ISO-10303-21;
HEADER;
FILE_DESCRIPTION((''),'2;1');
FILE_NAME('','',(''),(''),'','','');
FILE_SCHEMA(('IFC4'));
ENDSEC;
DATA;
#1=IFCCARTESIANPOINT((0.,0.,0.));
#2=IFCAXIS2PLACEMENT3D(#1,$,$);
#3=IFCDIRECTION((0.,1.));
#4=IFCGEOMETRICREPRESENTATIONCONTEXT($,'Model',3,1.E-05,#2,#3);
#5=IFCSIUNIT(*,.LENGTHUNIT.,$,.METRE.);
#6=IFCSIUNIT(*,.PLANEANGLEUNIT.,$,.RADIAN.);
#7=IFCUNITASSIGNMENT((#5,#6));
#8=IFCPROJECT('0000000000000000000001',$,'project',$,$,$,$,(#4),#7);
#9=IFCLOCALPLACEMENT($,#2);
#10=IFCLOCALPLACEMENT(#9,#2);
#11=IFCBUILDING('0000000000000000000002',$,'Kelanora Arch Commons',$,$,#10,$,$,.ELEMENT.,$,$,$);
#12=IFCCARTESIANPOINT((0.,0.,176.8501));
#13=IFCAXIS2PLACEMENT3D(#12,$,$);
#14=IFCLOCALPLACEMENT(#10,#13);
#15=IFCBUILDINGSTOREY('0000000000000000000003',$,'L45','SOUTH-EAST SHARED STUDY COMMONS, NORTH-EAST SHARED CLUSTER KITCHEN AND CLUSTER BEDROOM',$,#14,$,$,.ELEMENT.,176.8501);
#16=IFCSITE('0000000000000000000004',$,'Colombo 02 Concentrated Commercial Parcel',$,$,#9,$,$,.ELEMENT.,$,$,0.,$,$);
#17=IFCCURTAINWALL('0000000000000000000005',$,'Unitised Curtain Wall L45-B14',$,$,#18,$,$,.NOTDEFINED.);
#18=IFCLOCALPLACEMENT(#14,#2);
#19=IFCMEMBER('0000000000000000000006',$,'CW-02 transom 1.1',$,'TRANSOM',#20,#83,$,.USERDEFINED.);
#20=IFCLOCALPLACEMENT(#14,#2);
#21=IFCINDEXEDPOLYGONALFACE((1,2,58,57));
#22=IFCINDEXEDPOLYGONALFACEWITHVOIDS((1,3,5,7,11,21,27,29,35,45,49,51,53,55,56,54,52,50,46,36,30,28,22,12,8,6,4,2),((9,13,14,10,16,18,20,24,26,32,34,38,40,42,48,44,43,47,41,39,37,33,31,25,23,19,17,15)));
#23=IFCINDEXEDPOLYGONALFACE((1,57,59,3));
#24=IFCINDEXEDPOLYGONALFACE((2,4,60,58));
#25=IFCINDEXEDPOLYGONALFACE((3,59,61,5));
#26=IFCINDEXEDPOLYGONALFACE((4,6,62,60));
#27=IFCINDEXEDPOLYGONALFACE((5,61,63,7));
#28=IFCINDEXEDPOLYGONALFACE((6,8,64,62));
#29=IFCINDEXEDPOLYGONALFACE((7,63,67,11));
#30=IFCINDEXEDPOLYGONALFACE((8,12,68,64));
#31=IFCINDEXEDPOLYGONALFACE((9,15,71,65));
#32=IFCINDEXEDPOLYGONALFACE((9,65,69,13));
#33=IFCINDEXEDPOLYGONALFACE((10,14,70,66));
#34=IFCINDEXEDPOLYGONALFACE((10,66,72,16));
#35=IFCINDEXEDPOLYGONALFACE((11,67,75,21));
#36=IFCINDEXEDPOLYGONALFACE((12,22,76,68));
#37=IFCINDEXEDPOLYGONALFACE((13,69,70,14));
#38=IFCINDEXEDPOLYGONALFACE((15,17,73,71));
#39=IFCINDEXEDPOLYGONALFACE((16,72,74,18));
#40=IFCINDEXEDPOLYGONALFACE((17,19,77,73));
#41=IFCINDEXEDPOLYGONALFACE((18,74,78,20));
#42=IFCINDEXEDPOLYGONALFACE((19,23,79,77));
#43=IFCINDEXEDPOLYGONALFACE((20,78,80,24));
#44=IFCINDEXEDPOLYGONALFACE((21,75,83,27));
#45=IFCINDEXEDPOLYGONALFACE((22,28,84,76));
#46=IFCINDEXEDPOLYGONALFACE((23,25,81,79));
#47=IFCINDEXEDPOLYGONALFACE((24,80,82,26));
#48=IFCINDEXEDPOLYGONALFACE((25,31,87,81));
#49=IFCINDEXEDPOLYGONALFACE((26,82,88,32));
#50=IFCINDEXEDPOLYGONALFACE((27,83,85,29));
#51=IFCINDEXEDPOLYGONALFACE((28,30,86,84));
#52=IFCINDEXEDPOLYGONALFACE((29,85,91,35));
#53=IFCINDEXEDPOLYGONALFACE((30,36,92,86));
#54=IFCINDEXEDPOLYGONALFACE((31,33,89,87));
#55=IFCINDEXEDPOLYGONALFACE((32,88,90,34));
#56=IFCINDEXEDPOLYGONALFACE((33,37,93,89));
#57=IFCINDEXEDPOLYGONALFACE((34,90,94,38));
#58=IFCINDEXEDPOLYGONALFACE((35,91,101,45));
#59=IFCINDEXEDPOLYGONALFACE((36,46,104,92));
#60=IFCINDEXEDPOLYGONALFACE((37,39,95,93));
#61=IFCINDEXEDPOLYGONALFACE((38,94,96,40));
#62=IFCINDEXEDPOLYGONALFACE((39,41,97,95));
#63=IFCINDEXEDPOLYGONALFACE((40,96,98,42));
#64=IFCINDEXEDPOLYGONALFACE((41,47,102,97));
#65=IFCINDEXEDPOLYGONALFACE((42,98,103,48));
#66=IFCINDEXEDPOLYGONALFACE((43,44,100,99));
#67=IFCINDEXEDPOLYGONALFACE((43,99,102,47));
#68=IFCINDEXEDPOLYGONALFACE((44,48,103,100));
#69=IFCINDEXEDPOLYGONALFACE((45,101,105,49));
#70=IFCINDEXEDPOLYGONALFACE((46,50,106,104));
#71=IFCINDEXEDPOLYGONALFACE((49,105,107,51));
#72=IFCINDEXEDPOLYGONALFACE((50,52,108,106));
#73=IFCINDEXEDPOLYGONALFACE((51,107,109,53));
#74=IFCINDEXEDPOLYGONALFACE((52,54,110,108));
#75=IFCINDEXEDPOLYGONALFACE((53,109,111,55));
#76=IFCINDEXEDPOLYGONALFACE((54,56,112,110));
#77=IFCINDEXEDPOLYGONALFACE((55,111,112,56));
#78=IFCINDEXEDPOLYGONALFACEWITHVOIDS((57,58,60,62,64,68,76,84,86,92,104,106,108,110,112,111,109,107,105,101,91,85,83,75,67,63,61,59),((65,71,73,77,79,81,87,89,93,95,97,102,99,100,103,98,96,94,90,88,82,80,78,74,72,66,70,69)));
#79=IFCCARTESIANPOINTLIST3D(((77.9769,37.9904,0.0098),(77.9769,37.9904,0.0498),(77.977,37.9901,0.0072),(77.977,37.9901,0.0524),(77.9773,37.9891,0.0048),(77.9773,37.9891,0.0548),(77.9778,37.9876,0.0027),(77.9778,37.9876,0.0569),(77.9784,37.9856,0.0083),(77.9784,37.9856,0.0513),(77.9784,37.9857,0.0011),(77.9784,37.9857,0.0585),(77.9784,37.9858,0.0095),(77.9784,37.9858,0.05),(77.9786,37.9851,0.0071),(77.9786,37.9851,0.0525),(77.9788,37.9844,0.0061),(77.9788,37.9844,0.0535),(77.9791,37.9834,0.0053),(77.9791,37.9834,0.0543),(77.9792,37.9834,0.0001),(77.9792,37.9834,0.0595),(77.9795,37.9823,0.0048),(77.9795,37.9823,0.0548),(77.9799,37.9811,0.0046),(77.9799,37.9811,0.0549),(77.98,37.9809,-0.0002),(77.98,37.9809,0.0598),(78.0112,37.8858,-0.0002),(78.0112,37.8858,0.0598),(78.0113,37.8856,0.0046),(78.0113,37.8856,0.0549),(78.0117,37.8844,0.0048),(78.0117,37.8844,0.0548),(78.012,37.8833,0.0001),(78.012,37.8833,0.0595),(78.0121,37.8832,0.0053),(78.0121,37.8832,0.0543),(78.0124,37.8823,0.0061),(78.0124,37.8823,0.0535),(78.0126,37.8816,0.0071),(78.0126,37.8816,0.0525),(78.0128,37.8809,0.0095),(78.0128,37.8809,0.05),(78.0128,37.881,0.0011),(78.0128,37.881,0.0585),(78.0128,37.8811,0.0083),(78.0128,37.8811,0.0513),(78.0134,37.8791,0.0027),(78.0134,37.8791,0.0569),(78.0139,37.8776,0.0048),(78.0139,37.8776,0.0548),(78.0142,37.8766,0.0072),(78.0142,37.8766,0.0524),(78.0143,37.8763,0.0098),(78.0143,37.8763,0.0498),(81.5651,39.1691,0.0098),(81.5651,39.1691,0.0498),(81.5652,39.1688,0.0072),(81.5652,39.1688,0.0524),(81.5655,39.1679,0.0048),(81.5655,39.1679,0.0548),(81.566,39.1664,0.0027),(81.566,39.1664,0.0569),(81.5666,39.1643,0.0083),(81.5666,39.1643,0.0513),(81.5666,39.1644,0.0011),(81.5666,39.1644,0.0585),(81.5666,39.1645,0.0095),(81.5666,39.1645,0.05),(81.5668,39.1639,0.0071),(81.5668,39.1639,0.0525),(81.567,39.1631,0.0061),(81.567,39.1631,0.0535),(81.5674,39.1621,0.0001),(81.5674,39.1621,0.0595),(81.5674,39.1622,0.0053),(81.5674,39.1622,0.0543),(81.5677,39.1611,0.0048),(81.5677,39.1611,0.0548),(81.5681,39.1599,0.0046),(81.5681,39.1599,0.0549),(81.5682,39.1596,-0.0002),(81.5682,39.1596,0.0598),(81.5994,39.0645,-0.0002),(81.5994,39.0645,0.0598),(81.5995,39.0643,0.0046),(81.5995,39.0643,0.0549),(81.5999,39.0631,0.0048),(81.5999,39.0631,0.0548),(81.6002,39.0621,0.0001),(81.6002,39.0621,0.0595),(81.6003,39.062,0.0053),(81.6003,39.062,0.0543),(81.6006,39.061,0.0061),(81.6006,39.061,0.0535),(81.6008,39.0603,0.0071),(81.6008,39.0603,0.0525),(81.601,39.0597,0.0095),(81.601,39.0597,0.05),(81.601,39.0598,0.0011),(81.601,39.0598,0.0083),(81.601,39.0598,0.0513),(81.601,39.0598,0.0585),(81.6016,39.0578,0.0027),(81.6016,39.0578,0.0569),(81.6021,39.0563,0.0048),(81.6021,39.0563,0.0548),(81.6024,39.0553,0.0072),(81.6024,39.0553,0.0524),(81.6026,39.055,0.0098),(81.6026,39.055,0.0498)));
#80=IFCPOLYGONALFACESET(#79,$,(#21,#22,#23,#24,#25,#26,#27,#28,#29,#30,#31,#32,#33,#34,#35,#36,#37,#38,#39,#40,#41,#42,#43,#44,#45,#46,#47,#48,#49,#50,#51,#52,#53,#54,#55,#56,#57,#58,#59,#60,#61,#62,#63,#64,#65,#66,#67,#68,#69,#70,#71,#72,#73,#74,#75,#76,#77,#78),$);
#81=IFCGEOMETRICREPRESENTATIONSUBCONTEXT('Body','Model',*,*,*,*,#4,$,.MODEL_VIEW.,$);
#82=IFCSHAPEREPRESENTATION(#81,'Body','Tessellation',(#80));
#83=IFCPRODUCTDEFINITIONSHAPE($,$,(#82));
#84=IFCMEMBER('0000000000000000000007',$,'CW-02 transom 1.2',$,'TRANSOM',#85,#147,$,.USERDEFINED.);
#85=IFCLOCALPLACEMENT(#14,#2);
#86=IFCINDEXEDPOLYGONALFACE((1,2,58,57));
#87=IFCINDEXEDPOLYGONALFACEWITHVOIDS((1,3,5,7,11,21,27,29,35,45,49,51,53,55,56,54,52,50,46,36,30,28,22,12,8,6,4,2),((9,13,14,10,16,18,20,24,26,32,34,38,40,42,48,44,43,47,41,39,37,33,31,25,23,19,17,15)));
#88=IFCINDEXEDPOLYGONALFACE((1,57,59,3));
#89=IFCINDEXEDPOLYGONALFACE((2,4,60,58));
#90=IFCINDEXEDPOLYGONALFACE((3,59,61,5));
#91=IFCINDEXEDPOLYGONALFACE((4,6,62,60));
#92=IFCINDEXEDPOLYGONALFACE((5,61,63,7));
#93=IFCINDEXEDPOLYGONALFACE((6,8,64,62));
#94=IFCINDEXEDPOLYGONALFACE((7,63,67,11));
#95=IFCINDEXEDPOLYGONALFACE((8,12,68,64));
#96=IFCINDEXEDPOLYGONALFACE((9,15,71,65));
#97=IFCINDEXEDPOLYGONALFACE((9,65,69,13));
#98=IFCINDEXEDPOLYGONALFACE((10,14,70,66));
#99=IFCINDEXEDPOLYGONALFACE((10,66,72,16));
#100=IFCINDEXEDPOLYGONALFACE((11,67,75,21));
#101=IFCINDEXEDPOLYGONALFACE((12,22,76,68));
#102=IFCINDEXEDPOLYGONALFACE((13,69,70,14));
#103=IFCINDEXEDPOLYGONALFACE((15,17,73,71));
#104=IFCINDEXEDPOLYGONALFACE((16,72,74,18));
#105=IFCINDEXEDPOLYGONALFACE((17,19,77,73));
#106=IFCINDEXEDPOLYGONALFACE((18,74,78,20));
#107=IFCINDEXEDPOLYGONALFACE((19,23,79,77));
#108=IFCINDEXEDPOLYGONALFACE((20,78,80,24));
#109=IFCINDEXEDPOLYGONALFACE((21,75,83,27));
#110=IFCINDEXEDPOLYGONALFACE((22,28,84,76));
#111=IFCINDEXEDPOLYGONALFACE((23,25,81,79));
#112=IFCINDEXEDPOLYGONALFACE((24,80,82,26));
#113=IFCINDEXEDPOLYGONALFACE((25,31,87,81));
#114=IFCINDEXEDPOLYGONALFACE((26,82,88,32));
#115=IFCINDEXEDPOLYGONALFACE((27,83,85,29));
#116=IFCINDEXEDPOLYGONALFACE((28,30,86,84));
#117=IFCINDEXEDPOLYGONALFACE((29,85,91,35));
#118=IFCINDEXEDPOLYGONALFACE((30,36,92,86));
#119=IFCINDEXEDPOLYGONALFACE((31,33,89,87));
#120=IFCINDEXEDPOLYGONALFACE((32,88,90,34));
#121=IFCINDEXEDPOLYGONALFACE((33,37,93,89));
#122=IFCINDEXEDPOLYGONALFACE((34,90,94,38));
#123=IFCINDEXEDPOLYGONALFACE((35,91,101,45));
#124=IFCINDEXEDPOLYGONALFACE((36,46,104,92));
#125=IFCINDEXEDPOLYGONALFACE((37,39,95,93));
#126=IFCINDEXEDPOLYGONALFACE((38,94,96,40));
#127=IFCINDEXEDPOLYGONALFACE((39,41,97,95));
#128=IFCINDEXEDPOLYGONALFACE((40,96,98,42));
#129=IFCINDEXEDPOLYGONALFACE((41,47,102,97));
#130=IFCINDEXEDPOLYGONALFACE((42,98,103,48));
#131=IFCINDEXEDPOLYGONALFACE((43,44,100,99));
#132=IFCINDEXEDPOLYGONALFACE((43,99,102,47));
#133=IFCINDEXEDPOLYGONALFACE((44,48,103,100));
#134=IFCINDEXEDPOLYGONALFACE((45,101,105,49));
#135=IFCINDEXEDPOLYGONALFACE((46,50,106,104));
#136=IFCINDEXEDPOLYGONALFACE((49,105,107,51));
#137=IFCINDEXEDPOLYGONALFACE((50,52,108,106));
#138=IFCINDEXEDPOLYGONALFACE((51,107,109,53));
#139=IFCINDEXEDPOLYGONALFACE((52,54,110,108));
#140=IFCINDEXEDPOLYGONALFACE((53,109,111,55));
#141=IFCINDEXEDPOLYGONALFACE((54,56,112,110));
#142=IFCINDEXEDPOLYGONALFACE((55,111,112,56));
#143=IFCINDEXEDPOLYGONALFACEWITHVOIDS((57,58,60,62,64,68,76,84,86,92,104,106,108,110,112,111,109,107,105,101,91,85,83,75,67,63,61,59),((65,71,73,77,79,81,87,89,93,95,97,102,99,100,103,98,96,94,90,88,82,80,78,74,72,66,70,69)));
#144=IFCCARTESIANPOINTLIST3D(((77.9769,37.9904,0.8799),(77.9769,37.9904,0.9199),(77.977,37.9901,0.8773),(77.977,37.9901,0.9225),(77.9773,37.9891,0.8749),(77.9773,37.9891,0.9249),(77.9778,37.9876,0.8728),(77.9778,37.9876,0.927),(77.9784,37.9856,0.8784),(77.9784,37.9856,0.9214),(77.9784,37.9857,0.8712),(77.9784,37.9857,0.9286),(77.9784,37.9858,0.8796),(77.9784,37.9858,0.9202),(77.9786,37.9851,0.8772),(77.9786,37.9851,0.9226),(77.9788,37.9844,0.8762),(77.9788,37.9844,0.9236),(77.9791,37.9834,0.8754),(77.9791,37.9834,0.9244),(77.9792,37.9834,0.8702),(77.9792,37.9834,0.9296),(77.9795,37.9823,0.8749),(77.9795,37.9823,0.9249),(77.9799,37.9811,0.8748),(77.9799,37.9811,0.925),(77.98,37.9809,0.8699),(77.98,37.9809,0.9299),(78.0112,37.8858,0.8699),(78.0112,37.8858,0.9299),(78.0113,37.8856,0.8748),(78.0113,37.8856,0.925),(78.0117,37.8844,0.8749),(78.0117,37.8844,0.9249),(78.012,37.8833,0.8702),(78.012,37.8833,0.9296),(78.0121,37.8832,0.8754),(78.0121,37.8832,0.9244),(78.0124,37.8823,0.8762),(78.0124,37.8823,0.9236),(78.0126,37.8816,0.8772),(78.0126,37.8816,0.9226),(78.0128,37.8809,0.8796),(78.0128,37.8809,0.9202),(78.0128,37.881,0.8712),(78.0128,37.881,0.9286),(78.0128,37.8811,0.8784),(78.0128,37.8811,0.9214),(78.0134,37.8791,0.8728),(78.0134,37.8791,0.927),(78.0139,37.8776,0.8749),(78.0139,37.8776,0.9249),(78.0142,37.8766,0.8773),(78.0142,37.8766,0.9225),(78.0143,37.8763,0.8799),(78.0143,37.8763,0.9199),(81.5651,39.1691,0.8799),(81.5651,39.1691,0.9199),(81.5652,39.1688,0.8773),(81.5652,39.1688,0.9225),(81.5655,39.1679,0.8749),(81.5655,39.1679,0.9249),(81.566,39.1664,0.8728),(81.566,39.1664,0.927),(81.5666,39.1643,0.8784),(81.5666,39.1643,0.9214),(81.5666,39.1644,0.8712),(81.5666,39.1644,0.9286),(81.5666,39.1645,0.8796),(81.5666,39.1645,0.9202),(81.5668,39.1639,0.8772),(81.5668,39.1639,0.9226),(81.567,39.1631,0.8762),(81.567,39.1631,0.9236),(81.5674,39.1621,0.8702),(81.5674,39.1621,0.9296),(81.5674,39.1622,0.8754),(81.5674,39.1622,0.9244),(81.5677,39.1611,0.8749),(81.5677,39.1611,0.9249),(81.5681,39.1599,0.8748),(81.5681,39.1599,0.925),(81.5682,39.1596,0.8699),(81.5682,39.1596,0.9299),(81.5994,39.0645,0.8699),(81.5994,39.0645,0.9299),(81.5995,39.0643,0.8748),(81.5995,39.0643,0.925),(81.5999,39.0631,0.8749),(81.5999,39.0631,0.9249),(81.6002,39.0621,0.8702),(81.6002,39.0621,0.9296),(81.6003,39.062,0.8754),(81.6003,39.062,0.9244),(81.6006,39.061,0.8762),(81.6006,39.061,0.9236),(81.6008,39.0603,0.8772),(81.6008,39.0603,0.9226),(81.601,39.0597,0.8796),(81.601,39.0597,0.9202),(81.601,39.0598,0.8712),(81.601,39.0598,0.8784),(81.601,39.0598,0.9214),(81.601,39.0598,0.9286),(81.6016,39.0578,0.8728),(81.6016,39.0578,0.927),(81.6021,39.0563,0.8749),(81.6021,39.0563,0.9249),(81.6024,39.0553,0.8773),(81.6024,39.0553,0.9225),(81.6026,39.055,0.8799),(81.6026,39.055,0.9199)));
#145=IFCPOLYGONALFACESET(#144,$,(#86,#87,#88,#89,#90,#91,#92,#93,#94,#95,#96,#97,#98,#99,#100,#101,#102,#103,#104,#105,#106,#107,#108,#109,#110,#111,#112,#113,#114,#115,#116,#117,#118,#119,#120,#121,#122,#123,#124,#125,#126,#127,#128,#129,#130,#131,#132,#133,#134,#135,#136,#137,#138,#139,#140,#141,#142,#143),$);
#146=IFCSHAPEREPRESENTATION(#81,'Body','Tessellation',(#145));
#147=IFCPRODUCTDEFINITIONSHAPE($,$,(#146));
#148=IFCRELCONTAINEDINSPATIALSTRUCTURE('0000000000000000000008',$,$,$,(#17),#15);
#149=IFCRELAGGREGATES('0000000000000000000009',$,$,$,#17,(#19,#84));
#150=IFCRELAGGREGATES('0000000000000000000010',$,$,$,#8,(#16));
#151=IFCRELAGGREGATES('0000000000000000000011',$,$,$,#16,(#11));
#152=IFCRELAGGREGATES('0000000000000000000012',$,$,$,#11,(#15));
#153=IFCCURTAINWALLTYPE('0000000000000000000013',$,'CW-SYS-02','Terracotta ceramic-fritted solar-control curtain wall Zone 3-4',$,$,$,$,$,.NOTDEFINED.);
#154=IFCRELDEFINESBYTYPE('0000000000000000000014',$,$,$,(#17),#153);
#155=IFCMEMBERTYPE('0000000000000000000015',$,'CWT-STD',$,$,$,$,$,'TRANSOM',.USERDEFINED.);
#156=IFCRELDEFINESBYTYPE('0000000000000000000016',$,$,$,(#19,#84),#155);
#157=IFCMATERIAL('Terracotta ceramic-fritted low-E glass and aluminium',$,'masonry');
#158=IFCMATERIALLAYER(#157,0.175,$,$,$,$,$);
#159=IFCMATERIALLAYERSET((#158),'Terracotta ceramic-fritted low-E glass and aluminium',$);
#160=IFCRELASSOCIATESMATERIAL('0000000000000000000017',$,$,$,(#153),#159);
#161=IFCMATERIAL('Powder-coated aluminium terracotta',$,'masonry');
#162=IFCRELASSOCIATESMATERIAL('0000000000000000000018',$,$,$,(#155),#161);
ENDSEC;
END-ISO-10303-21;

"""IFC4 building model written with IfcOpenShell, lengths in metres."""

from ifc_helpers import new_model, si_unit, direction, frame, origin, origin_2d, place, context, subcontext, project, spatial, hollow_rectangle, extrude, material, layer, layer_set, material_profile, profile_set, type_object, element, aggregate, save


model = new_model("IFC4")

# Units and contexts
model_context = context("Model", 3, precision=1e-05, world=origin(), true_north=direction((0.0, 1.0)))
body_context = subcontext(model_context, "Body", "Model", "MODEL_VIEW")
ifc_project = project(units=[si_unit("LENGTHUNIT", "METRE"), si_unit("PLANEANGLEUNIT", "RADIAN")], contexts=[model_context])

# Site, building, storey
site_placement = place(None, origin())
site = spatial("IfcSite", under=ifc_project, at=site_placement, Name="Colombo 02 Concentrated Commercial Parcel", CompositionType="ELEMENT", RefElevation=0.0)
building_placement = place(site_placement, origin())
building = spatial("IfcBuilding", under=site, at=building_placement, Name="Kelanora Arch Commons", CompositionType="ELEMENT")
storey_placement = place(building_placement, frame((0.0, 0.0, 176.8501)))
storey = spatial("IfcBuildingStorey", under=building, at=storey_placement, Name="L45", Description="SOUTH-EAST SHARED STUDY COMMONS, NORTH-EAST SHARED CLUSTER KITCHEN AND CLUSTER BEDROOM", CompositionType="ELEMENT", Elevation=176.8501)

# Curtain wall, members
ifc_material_1 = material(Name="Terracotta ceramic-fritted low-E glass and aluminium", Category="masonry")
ifc_layer_1 = layer(ifc_material_1, 0.175)
ifc_layer_set_1 = layer_set([ifc_layer_1], Name="Terracotta ceramic-fritted low-E glass and aluminium")
curtain_wall_type = type_object("IfcCurtainWallType", Name="CW-SYS-02", Description="Terracotta ceramic-fritted solar-control curtain wall Zone 3-4", PredefinedType="NOTDEFINED", material=ifc_layer_set_1)
curtain_wall_placement = place(storey_placement, origin())
curtain_wall = element("IfcCurtainWall", 1, at=curtain_wall_placement, inside=storey, type_object=curtain_wall_type, Name="Unitised Curtain Wall L45-B14", PredefinedType="NOTDEFINED")
ifc_material_2 = material(Name="Powder-coated aluminium terracotta", Category="masonry")
ifc_material_profile_1 = material_profile(ifc_material_2, hollow_rectangle(XDim=0.1201, YDim=0.0601, WallThickness=0.0049, InnerFilletRadius=0.0049, OuterFilletRadius=0.01, at=origin_2d()), Name="CWT120x60")
ifc_profile_set_1 = profile_set([ifc_material_profile_1], Name="Powder-coated aluminium terracotta")
member_type_1 = type_object("IfcMemberType", Name="CWT-STD", ElementType="TRANSOM", PredefinedType="USERDEFINED", material=ifc_profile_set_1)
member_1_placement = place(storey_placement, frame((77.9956, 37.9333, 0.0298), z_axis=(0.950051, 0.312094, 0.0), x_axis=(-0.312094, 0.950051, 0.0)))
member_1 = element("IfcMember", 2, at=member_1_placement, type_object=member_type_1, Name="CW-02 transom 1.1", ObjectType="TRANSOM", PredefinedType="USERDEFINED", context=body_context, shape_type="SweptSolid", body=[
    extrude(hollow_rectangle(XDim=0.1201, YDim=0.0601, WallThickness=0.0049, InnerFilletRadius=0.0049, OuterFilletRadius=0.01, at=origin_2d()), origin(), (0.0, 0.0, 1.0), 3.7769),
])
member_2_placement = place(storey_placement, frame((77.9956, 37.9333, 0.8999), z_axis=(0.950051, 0.312094, 0.0), x_axis=(-0.312094, 0.950051, 0.0)))
member_2 = element("IfcMember", 3, at=member_2_placement, type_object=member_type_1, Name="CW-02 transom 1.2", ObjectType="TRANSOM", PredefinedType="USERDEFINED", context=body_context, shape_type="SweptSolid", body=[
    extrude(hollow_rectangle(XDim=0.1201, YDim=0.0601, WallThickness=0.0049, InnerFilletRadius=0.0049, OuterFilletRadius=0.01, at=origin_2d()), origin(), (0.0, 0.0, 1.0), 3.7769),
])
aggregate(curtain_wall, [member_1, member_2])

save(model, "model.ifc")
